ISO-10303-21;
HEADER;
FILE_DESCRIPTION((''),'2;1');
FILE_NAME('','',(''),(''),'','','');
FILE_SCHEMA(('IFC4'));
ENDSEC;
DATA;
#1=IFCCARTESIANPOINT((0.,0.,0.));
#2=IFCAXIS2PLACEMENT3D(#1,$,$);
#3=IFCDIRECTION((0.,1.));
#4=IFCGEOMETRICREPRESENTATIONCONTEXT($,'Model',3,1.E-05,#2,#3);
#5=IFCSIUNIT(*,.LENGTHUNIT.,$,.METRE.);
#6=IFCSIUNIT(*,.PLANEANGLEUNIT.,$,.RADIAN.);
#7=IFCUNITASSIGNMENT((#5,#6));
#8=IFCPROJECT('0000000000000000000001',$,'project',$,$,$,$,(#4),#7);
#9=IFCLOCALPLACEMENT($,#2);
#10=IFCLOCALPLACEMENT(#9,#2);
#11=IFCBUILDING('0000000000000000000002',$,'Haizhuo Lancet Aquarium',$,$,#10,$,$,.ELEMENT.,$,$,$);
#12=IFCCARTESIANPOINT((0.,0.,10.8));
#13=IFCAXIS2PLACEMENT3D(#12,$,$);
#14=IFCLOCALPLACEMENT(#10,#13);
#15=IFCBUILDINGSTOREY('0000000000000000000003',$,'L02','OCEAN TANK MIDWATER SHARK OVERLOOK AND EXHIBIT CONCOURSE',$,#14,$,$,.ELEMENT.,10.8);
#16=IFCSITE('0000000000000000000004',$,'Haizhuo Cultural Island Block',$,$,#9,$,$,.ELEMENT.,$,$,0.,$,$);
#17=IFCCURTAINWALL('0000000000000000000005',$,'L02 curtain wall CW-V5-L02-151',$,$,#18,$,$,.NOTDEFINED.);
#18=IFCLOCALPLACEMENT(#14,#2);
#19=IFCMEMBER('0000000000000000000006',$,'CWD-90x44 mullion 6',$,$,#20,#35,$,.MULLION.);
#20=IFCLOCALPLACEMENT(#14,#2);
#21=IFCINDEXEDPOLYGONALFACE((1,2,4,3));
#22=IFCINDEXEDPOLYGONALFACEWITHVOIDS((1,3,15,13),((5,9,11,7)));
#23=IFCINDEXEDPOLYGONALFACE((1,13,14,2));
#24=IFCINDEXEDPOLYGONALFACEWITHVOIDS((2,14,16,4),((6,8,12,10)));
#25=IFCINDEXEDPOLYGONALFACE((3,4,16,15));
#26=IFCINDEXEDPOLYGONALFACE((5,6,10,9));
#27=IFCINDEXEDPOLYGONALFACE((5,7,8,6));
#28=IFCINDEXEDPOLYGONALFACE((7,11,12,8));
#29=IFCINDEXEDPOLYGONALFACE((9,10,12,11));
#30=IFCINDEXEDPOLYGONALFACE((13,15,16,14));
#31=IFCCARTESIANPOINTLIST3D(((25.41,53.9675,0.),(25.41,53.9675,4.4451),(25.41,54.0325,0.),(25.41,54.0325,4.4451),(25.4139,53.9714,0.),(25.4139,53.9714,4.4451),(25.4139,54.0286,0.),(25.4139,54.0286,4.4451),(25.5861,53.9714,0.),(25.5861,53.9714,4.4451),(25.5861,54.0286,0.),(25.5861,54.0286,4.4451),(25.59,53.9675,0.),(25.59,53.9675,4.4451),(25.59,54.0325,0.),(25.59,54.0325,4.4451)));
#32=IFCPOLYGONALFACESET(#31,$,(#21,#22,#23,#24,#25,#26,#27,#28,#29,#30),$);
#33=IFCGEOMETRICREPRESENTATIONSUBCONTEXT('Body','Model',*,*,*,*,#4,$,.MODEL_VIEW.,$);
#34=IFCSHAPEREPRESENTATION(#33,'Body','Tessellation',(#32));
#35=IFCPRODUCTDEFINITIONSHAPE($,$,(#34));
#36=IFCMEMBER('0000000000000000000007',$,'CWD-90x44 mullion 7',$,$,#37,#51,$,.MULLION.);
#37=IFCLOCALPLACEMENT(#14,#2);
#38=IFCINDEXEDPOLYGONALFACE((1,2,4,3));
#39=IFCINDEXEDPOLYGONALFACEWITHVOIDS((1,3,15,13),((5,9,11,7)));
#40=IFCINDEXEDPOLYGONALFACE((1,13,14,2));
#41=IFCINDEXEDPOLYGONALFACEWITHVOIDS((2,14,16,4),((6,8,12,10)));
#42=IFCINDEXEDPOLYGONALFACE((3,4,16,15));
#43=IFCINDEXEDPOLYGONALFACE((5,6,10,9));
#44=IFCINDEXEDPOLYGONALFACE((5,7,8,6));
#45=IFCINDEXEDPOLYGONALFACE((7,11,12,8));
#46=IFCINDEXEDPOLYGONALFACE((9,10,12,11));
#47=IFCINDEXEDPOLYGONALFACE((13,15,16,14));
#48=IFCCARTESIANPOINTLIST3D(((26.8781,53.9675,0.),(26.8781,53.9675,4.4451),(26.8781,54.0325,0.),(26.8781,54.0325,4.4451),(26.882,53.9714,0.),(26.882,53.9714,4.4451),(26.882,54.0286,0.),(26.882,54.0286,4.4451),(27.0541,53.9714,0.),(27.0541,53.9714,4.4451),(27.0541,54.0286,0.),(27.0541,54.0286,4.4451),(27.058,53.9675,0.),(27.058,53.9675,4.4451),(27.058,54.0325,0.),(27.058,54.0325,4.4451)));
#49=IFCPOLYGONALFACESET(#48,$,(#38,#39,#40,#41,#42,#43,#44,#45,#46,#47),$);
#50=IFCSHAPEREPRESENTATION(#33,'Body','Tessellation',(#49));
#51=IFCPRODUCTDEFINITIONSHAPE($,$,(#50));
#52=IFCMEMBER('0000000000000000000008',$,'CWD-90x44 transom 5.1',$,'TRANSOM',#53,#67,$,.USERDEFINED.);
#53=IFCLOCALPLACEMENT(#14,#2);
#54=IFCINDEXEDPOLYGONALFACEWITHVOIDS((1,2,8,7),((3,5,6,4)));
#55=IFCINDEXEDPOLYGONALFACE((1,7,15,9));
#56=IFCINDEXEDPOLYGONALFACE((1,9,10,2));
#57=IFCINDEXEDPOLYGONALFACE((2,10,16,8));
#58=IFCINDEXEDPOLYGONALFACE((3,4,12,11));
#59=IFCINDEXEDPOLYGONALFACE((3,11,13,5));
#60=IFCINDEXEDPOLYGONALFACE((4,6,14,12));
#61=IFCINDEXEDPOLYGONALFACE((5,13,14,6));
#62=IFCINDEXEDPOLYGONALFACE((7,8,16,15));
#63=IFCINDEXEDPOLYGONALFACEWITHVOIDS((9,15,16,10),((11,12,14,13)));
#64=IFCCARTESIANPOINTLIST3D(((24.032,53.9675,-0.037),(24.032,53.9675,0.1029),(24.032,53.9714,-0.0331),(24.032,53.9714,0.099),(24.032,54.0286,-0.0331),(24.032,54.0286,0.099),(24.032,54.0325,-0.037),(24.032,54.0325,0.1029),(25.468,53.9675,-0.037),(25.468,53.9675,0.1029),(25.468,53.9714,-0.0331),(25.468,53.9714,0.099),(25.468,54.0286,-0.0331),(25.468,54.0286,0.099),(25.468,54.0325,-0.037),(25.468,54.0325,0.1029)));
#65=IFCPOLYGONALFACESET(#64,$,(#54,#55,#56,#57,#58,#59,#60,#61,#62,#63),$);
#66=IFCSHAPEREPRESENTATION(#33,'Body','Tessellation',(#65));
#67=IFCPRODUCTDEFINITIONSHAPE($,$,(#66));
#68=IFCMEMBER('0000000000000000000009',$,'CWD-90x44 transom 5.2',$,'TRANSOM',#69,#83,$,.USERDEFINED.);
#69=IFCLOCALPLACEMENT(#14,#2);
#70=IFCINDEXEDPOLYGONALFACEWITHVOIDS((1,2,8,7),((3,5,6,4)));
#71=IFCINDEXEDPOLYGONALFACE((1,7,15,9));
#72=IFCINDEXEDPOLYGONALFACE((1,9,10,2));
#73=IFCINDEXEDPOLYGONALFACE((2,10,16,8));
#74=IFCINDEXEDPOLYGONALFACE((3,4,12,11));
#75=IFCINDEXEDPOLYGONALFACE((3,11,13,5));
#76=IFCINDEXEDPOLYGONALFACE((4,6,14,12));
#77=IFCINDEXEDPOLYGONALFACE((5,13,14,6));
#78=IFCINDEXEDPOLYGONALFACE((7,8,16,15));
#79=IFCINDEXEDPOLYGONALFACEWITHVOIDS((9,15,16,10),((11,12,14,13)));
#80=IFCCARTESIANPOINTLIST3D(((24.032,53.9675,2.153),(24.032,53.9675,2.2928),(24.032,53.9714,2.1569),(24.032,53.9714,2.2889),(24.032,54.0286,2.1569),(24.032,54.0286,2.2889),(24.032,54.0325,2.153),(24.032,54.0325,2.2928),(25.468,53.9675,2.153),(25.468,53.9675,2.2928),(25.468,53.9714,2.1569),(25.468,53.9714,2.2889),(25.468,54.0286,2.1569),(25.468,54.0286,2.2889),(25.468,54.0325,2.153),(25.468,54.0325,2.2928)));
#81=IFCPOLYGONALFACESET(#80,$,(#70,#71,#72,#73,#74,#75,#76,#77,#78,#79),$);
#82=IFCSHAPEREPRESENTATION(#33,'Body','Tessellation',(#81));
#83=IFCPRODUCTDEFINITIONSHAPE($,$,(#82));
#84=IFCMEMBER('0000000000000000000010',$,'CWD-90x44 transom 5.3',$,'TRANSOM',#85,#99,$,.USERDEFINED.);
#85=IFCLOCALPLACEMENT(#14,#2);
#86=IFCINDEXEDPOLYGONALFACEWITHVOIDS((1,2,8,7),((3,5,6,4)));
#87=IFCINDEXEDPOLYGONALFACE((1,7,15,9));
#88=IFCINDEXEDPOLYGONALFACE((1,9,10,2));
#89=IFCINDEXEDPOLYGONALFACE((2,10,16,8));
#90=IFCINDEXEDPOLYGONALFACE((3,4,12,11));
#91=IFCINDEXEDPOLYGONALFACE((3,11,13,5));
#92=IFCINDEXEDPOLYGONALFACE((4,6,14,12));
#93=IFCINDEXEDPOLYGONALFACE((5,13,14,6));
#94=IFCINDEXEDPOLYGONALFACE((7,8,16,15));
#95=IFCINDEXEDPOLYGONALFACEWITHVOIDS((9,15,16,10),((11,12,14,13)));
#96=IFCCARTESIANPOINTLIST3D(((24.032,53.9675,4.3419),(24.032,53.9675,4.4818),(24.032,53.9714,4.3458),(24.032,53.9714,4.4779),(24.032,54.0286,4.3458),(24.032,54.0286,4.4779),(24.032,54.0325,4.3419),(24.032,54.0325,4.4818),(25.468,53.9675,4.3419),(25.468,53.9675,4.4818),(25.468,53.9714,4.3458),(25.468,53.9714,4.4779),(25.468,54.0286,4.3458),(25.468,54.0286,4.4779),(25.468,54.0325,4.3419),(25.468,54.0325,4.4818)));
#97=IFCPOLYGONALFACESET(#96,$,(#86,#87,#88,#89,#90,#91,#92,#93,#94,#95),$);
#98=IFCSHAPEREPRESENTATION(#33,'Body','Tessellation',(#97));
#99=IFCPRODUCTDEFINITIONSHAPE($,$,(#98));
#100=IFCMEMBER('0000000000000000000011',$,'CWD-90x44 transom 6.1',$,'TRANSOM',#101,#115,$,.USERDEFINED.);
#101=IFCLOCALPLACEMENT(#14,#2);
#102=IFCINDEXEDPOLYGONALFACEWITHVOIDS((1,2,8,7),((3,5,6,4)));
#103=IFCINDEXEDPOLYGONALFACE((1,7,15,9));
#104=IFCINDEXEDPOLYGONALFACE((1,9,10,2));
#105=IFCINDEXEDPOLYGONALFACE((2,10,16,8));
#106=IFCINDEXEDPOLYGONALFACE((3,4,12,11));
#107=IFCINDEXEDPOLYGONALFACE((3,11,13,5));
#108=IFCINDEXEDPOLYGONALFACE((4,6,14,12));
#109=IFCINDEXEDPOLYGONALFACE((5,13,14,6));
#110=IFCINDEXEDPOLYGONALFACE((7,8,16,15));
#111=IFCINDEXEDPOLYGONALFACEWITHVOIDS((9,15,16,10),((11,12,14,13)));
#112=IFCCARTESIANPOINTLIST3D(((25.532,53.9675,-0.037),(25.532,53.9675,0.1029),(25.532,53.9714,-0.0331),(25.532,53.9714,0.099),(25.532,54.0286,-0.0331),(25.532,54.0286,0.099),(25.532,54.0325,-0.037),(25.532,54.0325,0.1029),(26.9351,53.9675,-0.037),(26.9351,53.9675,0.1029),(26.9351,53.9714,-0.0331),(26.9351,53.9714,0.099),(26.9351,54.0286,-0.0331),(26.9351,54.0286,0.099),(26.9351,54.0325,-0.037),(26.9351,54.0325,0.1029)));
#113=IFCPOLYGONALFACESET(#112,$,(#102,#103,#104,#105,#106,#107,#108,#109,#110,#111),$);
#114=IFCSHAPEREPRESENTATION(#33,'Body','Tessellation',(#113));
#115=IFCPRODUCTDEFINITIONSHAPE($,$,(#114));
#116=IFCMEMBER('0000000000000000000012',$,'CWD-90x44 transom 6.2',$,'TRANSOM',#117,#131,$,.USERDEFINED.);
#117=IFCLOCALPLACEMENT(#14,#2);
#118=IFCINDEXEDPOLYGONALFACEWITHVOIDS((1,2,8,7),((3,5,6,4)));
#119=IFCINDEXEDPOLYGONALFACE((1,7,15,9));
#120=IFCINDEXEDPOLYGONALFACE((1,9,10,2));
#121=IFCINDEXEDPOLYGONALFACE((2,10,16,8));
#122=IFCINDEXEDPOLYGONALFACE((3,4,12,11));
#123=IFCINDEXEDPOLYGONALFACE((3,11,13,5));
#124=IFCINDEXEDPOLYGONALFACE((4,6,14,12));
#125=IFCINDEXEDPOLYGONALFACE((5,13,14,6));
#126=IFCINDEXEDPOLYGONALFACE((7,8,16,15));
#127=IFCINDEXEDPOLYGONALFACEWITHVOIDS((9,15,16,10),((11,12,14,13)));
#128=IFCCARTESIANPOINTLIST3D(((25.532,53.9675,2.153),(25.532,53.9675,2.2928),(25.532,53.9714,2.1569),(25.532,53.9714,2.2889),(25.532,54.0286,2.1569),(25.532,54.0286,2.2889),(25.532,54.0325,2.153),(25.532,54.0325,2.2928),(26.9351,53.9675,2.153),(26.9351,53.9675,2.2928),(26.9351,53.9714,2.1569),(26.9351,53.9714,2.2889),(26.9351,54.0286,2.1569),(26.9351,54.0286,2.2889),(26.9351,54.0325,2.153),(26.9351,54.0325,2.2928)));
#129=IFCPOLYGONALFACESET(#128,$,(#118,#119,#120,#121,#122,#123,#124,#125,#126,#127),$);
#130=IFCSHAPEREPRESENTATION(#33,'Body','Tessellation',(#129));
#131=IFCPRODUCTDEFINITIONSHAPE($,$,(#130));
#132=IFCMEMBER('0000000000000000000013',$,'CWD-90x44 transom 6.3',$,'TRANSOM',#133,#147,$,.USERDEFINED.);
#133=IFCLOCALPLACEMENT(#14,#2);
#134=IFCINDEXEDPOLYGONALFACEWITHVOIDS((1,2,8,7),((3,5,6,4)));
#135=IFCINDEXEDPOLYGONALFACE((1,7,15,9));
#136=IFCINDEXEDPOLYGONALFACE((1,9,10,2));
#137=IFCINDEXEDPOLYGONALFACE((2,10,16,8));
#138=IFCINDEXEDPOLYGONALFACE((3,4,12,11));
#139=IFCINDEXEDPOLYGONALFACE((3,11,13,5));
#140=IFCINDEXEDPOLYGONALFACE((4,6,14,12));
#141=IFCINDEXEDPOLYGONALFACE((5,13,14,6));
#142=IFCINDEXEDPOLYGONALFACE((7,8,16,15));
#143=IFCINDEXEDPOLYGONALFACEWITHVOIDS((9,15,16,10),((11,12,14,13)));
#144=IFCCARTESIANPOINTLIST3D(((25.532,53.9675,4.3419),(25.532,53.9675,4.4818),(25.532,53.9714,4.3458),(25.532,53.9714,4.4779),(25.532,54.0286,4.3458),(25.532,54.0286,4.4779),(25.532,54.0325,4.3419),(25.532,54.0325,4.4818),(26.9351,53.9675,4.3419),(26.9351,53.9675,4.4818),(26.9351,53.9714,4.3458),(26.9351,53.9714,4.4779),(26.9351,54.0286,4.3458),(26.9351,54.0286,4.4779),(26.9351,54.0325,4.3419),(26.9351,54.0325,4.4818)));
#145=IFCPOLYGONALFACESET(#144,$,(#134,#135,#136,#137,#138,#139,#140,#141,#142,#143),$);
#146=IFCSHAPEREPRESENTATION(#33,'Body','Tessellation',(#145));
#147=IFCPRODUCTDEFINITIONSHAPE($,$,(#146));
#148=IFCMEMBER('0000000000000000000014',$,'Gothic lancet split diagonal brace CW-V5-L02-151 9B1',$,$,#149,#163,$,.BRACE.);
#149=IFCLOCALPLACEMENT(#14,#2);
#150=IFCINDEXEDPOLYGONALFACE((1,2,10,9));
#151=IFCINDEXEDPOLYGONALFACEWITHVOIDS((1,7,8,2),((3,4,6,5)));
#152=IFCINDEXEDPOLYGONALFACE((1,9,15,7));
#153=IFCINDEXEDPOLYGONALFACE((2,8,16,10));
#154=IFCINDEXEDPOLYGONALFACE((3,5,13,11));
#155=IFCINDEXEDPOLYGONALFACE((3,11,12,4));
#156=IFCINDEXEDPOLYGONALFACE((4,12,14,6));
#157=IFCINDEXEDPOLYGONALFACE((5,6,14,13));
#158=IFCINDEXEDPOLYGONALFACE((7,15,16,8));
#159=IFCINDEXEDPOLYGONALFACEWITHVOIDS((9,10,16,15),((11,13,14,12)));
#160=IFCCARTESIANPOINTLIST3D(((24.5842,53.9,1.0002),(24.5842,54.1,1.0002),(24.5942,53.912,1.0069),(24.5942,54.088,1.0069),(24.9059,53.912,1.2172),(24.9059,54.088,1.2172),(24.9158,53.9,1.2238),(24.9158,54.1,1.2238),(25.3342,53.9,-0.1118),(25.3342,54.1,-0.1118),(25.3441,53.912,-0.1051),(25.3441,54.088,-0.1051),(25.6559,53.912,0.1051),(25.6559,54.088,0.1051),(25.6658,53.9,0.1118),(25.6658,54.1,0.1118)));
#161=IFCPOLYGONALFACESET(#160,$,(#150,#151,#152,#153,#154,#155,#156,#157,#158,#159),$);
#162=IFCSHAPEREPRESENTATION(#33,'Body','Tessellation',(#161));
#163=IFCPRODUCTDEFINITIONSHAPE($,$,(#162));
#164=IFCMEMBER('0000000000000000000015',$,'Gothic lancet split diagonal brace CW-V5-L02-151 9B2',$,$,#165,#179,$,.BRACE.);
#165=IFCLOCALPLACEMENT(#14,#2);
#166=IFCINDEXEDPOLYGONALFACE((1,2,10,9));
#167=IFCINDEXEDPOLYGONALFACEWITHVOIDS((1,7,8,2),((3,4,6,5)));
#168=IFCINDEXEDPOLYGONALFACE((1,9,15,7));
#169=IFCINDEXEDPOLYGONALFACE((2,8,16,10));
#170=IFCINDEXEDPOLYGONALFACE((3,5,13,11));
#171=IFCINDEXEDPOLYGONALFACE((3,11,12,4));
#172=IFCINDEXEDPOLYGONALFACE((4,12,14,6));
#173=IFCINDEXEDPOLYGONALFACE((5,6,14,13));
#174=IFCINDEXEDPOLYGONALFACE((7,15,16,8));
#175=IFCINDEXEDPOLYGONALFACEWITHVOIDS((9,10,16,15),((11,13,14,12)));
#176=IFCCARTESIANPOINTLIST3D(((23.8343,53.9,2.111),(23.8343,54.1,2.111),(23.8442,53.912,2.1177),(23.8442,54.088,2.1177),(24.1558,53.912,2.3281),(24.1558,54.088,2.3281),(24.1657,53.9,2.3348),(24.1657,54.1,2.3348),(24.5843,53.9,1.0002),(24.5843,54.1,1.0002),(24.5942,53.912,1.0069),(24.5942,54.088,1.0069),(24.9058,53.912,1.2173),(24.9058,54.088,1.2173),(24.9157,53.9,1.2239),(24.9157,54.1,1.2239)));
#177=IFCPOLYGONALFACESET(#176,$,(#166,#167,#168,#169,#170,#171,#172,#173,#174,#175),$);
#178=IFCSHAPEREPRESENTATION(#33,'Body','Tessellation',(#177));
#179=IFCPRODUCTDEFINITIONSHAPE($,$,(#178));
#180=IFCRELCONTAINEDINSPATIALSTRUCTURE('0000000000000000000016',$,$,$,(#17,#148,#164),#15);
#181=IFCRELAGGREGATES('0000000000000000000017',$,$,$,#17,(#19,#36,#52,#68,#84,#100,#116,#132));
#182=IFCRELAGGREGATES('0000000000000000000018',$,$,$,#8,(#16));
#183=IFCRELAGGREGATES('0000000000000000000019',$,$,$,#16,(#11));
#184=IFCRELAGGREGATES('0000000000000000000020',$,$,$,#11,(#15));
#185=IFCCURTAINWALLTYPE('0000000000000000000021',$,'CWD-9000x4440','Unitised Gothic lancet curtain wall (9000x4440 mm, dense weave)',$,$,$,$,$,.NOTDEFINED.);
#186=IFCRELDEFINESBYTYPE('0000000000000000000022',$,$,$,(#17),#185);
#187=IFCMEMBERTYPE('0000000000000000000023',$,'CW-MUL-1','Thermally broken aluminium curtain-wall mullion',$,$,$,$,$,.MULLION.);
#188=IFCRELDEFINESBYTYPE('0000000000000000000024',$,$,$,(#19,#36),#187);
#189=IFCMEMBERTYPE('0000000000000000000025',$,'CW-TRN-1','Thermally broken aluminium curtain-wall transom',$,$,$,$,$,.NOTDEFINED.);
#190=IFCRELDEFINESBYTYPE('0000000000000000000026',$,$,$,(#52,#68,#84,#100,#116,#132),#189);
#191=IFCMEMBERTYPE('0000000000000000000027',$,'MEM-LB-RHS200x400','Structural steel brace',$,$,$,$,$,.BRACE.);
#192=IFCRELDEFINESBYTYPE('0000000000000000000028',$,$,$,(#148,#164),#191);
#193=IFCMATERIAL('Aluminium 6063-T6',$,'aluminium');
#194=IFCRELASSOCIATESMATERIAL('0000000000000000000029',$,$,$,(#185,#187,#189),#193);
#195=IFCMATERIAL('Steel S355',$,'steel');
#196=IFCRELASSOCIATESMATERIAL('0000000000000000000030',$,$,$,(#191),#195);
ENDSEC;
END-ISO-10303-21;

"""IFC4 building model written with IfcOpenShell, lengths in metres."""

from ifc_helpers import new_model, si_unit, direction, frame, origin, origin_2d, place, context, subcontext, project, spatial, hollow_rectangle, extrude, material, material_profile, profile_set, type_object, element, aggregate, save


model = new_model("IFC4")

# Units and contexts
model_context = context("Model", 3, precision=1e-05, world=origin(), true_north=direction((0.0, 1.0)))
body_context = subcontext(model_context, "Body", "Model", "MODEL_VIEW")
ifc_project = project(units=[si_unit("LENGTHUNIT", "METRE"), si_unit("PLANEANGLEUNIT", "RADIAN")], contexts=[model_context])

# Site, building, storey
site_placement = place(None, origin())
site = spatial("IfcSite", under=ifc_project, at=site_placement, Name="Haizhuo Cultural Island Block", CompositionType="ELEMENT", RefElevation=0.0)
building_placement = place(site_placement, origin())
building = spatial("IfcBuilding", under=site, at=building_placement, Name="Haizhuo Lancet Aquarium", CompositionType="ELEMENT")
storey_placement = place(building_placement, frame((0.0, 0.0, 10.8)))
storey = spatial("IfcBuildingStorey", under=building, at=storey_placement, Name="L02", Description="OCEAN TANK MIDWATER SHARK OVERLOOK AND EXHIBIT CONCOURSE", CompositionType="ELEMENT", Elevation=10.8)

# Curtain wall, members
ifc_material_1 = material(Name="Aluminium 6063-T6", Category="aluminium")
curtain_wall_type = type_object("IfcCurtainWallType", Name="CWD-9000x4440", Description="Unitised Gothic lancet curtain wall (9000x4440 mm, dense weave)", PredefinedType="NOTDEFINED", material=ifc_material_1)
curtain_wall_placement = place(storey_placement, origin())
curtain_wall = element("IfcCurtainWall", 1, at=curtain_wall_placement, inside=storey, type_object=curtain_wall_type, Name="L02 curtain wall CW-V5-L02-151", PredefinedType="NOTDEFINED")
ifc_material_profile_1 = material_profile(ifc_material_1, hollow_rectangle(XDim=0.0649, YDim=0.1799, WallThickness=0.0039, at=origin_2d()), Name="ALU-M 65x180x4")
ifc_profile_set_1 = profile_set([ifc_material_profile_1], Name="Aluminium 6063-T6")
member_type_1 = type_object("IfcMemberType", Name="CW-MUL-1", Description="Thermally broken aluminium curtain-wall mullion", PredefinedType="MULLION", material=ifc_profile_set_1)
member_1_placement = place(storey_placement, frame((25.5, 54.0, 0.0), z_axis=(0.0, 0.0, 1.0), x_axis=(0.0, 1.0, 0.0)))
member_1 = element("IfcMember", 2, at=member_1_placement, type_object=member_type_1, Name="CWD-90x44 mullion 6", PredefinedType="MULLION", context=body_context, shape_type="SweptSolid", body=[
    extrude(hollow_rectangle(XDim=0.0649, YDim=0.1799, WallThickness=0.0039, at=origin_2d()), origin(), (0.0, 0.0, 1.0), 4.4451),
])
member_2_placement = place(storey_placement, frame((26.968, 54.0, 0.0), z_axis=(0.0, 0.0, 1.0), x_axis=(0.0, 1.0, 0.0)))
member_2 = element("IfcMember", 3, at=member_2_placement, type_object=member_type_1, Name="CWD-90x44 mullion 7", PredefinedType="MULLION", context=body_context, shape_type="SweptSolid", body=[
    extrude(hollow_rectangle(XDim=0.0649, YDim=0.1799, WallThickness=0.0039, at=origin_2d()), origin(), (0.0, 0.0, 1.0), 4.4451),
])
ifc_material_profile_2 = material_profile(ifc_material_1, hollow_rectangle(XDim=0.0649, YDim=0.1399, WallThickness=0.0039, at=origin_2d()), Name="ALU-T 65x140x4")
ifc_profile_set_2 = profile_set([ifc_material_profile_2], Name="Aluminium 6063-T6")
member_type_2 = type_object("IfcMemberType", Name="CW-TRN-1", Description="Thermally broken aluminium curtain-wall transom", PredefinedType="NOTDEFINED", material=ifc_profile_set_2)
member_3_placement = place(storey_placement, frame((24.032, 54.0, 0.033), z_axis=(1.0, 0.0, 0.0), x_axis=(0.0, 1.0, 0.0)))
member_3 = element("IfcMember", 4, at=member_3_placement, type_object=member_type_2, Name="CWD-90x44 transom 5.1", ObjectType="TRANSOM", PredefinedType="USERDEFINED", context=body_context, shape_type="SweptSolid", body=[
    extrude(hollow_rectangle(XDim=0.0649, YDim=0.1399, WallThickness=0.0039, at=origin_2d()), origin(), (0.0, 0.0, 1.0), 1.436),
])
member_4_placement = place(storey_placement, frame((24.032, 54.0, 2.2229), z_axis=(1.0, 0.0, 0.0), x_axis=(0.0, 1.0, 0.0)))
member_4 = element("IfcMember", 5, at=member_4_placement, type_object=member_type_2, Name="CWD-90x44 transom 5.2", ObjectType="TRANSOM", PredefinedType="USERDEFINED", context=body_context, shape_type="SweptSolid", body=[
    extrude(hollow_rectangle(XDim=0.0649, YDim=0.1399, WallThickness=0.0039, at=origin_2d()), origin(), (0.0, 0.0, 1.0), 1.436),
])
member_5_placement = place(storey_placement, frame((24.032, 54.0, 4.4119), z_axis=(1.0, 0.0, 0.0), x_axis=(0.0, 1.0, 0.0)))
member_5 = element("IfcMember", 6, at=member_5_placement, type_object=member_type_2, Name="CWD-90x44 transom 5.3", ObjectType="TRANSOM", PredefinedType="USERDEFINED", context=body_context, shape_type="SweptSolid", body=[
    extrude(hollow_rectangle(XDim=0.0649, YDim=0.1399, WallThickness=0.0039, at=origin_2d()), origin(), (0.0, 0.0, 1.0), 1.436),
])
member_6_placement = place(storey_placement, frame((25.532, 54.0, 0.033), z_axis=(1.0, 0.0, 0.0), x_axis=(0.0, 1.0, 0.0)))
member_6 = element("IfcMember", 7, at=member_6_placement, type_object=member_type_2, Name="CWD-90x44 transom 6.1", ObjectType="TRANSOM", PredefinedType="USERDEFINED", context=body_context, shape_type="SweptSolid", body=[
    extrude(hollow_rectangle(XDim=0.0649, YDim=0.1399, WallThickness=0.0039, at=origin_2d()), origin(), (0.0, 0.0, 1.0), 1.4031),
])
member_7_placement = place(storey_placement, frame((25.532, 54.0, 2.2229), z_axis=(1.0, 0.0, 0.0), x_axis=(0.0, 1.0, 0.0)))
member_7 = element("IfcMember", 8, at=member_7_placement, type_object=member_type_2, Name="CWD-90x44 transom 6.2", ObjectType="TRANSOM", PredefinedType="USERDEFINED", context=body_context, shape_type="SweptSolid", body=[
    extrude(hollow_rectangle(XDim=0.0649, YDim=0.1399, WallThickness=0.0039, at=origin_2d()), origin(), (0.0, 0.0, 1.0), 1.4031),
])
member_8_placement = place(storey_placement, frame((25.532, 54.0, 4.4119), z_axis=(1.0, 0.0, 0.0), x_axis=(0.0, 1.0, 0.0)))
member_8 = element("IfcMember", 9, at=member_8_placement, type_object=member_type_2, Name="CWD-90x44 transom 6.3", ObjectType="TRANSOM", PredefinedType="USERDEFINED", context=body_context, shape_type="SweptSolid", body=[
    extrude(hollow_rectangle(XDim=0.0649, YDim=0.1399, WallThickness=0.0039, at=origin_2d()), origin(), (0.0, 0.0, 1.0), 1.4031),
])

# Members
ifc_material_2 = material(Name="Steel S355", Category="steel")
ifc_material_profile_3 = material_profile(ifc_material_2, hollow_rectangle(XDim=0.2, YDim=0.3999, WallThickness=0.012, at=origin_2d()), Name="RHS 200x400x12")
ifc_profile_set_3 = profile_set([ifc_material_profile_3], Name="Steel S355")
member_type_3 = type_object("IfcMemberType", Name="MEM-LB-RHS200x400", Description="Structural steel brace", PredefinedType="BRACE", material=ifc_profile_set_3)
member_9_placement = place(storey_placement, frame((25.5, 54.0, 0.0), z_axis=(-0.559145, 0.0, 0.82907), x_axis=(0.0, -1.0, 0.0)))
element("IfcMember", 10, at=member_9_placement, inside=storey, type_object=member_type_3, Name="Gothic lancet split diagonal brace CW-V5-L02-151 9B1", PredefinedType="BRACE", context=body_context, shape_type="SweptSolid", body=[
    extrude(hollow_rectangle(XDim=0.2, YDim=0.3999, WallThickness=0.012, at=origin_2d()), origin(), (0.0, 0.0, 1.0), 1.3413),
])
member_10_placement = place(storey_placement, frame((24.75, 54.0, 1.1121), z_axis=(-0.559567, 0.0, 0.828785), x_axis=(0.0, -1.0, 0.0)))
element("IfcMember", 11, at=member_10_placement, inside=storey, type_object=member_type_3, Name="Gothic lancet split diagonal brace CW-V5-L02-151 9B2", PredefinedType="BRACE", context=body_context, shape_type="SweptSolid", body=[
    extrude(hollow_rectangle(XDim=0.2, YDim=0.3999, WallThickness=0.012, at=origin_2d()), origin(), (0.0, 0.0, 1.0), 1.3403),
])

aggregate(curtain_wall, [member_1, member_2, member_3, member_4, member_5, member_6, member_7, member_8])

save(model, "model.ifc")
